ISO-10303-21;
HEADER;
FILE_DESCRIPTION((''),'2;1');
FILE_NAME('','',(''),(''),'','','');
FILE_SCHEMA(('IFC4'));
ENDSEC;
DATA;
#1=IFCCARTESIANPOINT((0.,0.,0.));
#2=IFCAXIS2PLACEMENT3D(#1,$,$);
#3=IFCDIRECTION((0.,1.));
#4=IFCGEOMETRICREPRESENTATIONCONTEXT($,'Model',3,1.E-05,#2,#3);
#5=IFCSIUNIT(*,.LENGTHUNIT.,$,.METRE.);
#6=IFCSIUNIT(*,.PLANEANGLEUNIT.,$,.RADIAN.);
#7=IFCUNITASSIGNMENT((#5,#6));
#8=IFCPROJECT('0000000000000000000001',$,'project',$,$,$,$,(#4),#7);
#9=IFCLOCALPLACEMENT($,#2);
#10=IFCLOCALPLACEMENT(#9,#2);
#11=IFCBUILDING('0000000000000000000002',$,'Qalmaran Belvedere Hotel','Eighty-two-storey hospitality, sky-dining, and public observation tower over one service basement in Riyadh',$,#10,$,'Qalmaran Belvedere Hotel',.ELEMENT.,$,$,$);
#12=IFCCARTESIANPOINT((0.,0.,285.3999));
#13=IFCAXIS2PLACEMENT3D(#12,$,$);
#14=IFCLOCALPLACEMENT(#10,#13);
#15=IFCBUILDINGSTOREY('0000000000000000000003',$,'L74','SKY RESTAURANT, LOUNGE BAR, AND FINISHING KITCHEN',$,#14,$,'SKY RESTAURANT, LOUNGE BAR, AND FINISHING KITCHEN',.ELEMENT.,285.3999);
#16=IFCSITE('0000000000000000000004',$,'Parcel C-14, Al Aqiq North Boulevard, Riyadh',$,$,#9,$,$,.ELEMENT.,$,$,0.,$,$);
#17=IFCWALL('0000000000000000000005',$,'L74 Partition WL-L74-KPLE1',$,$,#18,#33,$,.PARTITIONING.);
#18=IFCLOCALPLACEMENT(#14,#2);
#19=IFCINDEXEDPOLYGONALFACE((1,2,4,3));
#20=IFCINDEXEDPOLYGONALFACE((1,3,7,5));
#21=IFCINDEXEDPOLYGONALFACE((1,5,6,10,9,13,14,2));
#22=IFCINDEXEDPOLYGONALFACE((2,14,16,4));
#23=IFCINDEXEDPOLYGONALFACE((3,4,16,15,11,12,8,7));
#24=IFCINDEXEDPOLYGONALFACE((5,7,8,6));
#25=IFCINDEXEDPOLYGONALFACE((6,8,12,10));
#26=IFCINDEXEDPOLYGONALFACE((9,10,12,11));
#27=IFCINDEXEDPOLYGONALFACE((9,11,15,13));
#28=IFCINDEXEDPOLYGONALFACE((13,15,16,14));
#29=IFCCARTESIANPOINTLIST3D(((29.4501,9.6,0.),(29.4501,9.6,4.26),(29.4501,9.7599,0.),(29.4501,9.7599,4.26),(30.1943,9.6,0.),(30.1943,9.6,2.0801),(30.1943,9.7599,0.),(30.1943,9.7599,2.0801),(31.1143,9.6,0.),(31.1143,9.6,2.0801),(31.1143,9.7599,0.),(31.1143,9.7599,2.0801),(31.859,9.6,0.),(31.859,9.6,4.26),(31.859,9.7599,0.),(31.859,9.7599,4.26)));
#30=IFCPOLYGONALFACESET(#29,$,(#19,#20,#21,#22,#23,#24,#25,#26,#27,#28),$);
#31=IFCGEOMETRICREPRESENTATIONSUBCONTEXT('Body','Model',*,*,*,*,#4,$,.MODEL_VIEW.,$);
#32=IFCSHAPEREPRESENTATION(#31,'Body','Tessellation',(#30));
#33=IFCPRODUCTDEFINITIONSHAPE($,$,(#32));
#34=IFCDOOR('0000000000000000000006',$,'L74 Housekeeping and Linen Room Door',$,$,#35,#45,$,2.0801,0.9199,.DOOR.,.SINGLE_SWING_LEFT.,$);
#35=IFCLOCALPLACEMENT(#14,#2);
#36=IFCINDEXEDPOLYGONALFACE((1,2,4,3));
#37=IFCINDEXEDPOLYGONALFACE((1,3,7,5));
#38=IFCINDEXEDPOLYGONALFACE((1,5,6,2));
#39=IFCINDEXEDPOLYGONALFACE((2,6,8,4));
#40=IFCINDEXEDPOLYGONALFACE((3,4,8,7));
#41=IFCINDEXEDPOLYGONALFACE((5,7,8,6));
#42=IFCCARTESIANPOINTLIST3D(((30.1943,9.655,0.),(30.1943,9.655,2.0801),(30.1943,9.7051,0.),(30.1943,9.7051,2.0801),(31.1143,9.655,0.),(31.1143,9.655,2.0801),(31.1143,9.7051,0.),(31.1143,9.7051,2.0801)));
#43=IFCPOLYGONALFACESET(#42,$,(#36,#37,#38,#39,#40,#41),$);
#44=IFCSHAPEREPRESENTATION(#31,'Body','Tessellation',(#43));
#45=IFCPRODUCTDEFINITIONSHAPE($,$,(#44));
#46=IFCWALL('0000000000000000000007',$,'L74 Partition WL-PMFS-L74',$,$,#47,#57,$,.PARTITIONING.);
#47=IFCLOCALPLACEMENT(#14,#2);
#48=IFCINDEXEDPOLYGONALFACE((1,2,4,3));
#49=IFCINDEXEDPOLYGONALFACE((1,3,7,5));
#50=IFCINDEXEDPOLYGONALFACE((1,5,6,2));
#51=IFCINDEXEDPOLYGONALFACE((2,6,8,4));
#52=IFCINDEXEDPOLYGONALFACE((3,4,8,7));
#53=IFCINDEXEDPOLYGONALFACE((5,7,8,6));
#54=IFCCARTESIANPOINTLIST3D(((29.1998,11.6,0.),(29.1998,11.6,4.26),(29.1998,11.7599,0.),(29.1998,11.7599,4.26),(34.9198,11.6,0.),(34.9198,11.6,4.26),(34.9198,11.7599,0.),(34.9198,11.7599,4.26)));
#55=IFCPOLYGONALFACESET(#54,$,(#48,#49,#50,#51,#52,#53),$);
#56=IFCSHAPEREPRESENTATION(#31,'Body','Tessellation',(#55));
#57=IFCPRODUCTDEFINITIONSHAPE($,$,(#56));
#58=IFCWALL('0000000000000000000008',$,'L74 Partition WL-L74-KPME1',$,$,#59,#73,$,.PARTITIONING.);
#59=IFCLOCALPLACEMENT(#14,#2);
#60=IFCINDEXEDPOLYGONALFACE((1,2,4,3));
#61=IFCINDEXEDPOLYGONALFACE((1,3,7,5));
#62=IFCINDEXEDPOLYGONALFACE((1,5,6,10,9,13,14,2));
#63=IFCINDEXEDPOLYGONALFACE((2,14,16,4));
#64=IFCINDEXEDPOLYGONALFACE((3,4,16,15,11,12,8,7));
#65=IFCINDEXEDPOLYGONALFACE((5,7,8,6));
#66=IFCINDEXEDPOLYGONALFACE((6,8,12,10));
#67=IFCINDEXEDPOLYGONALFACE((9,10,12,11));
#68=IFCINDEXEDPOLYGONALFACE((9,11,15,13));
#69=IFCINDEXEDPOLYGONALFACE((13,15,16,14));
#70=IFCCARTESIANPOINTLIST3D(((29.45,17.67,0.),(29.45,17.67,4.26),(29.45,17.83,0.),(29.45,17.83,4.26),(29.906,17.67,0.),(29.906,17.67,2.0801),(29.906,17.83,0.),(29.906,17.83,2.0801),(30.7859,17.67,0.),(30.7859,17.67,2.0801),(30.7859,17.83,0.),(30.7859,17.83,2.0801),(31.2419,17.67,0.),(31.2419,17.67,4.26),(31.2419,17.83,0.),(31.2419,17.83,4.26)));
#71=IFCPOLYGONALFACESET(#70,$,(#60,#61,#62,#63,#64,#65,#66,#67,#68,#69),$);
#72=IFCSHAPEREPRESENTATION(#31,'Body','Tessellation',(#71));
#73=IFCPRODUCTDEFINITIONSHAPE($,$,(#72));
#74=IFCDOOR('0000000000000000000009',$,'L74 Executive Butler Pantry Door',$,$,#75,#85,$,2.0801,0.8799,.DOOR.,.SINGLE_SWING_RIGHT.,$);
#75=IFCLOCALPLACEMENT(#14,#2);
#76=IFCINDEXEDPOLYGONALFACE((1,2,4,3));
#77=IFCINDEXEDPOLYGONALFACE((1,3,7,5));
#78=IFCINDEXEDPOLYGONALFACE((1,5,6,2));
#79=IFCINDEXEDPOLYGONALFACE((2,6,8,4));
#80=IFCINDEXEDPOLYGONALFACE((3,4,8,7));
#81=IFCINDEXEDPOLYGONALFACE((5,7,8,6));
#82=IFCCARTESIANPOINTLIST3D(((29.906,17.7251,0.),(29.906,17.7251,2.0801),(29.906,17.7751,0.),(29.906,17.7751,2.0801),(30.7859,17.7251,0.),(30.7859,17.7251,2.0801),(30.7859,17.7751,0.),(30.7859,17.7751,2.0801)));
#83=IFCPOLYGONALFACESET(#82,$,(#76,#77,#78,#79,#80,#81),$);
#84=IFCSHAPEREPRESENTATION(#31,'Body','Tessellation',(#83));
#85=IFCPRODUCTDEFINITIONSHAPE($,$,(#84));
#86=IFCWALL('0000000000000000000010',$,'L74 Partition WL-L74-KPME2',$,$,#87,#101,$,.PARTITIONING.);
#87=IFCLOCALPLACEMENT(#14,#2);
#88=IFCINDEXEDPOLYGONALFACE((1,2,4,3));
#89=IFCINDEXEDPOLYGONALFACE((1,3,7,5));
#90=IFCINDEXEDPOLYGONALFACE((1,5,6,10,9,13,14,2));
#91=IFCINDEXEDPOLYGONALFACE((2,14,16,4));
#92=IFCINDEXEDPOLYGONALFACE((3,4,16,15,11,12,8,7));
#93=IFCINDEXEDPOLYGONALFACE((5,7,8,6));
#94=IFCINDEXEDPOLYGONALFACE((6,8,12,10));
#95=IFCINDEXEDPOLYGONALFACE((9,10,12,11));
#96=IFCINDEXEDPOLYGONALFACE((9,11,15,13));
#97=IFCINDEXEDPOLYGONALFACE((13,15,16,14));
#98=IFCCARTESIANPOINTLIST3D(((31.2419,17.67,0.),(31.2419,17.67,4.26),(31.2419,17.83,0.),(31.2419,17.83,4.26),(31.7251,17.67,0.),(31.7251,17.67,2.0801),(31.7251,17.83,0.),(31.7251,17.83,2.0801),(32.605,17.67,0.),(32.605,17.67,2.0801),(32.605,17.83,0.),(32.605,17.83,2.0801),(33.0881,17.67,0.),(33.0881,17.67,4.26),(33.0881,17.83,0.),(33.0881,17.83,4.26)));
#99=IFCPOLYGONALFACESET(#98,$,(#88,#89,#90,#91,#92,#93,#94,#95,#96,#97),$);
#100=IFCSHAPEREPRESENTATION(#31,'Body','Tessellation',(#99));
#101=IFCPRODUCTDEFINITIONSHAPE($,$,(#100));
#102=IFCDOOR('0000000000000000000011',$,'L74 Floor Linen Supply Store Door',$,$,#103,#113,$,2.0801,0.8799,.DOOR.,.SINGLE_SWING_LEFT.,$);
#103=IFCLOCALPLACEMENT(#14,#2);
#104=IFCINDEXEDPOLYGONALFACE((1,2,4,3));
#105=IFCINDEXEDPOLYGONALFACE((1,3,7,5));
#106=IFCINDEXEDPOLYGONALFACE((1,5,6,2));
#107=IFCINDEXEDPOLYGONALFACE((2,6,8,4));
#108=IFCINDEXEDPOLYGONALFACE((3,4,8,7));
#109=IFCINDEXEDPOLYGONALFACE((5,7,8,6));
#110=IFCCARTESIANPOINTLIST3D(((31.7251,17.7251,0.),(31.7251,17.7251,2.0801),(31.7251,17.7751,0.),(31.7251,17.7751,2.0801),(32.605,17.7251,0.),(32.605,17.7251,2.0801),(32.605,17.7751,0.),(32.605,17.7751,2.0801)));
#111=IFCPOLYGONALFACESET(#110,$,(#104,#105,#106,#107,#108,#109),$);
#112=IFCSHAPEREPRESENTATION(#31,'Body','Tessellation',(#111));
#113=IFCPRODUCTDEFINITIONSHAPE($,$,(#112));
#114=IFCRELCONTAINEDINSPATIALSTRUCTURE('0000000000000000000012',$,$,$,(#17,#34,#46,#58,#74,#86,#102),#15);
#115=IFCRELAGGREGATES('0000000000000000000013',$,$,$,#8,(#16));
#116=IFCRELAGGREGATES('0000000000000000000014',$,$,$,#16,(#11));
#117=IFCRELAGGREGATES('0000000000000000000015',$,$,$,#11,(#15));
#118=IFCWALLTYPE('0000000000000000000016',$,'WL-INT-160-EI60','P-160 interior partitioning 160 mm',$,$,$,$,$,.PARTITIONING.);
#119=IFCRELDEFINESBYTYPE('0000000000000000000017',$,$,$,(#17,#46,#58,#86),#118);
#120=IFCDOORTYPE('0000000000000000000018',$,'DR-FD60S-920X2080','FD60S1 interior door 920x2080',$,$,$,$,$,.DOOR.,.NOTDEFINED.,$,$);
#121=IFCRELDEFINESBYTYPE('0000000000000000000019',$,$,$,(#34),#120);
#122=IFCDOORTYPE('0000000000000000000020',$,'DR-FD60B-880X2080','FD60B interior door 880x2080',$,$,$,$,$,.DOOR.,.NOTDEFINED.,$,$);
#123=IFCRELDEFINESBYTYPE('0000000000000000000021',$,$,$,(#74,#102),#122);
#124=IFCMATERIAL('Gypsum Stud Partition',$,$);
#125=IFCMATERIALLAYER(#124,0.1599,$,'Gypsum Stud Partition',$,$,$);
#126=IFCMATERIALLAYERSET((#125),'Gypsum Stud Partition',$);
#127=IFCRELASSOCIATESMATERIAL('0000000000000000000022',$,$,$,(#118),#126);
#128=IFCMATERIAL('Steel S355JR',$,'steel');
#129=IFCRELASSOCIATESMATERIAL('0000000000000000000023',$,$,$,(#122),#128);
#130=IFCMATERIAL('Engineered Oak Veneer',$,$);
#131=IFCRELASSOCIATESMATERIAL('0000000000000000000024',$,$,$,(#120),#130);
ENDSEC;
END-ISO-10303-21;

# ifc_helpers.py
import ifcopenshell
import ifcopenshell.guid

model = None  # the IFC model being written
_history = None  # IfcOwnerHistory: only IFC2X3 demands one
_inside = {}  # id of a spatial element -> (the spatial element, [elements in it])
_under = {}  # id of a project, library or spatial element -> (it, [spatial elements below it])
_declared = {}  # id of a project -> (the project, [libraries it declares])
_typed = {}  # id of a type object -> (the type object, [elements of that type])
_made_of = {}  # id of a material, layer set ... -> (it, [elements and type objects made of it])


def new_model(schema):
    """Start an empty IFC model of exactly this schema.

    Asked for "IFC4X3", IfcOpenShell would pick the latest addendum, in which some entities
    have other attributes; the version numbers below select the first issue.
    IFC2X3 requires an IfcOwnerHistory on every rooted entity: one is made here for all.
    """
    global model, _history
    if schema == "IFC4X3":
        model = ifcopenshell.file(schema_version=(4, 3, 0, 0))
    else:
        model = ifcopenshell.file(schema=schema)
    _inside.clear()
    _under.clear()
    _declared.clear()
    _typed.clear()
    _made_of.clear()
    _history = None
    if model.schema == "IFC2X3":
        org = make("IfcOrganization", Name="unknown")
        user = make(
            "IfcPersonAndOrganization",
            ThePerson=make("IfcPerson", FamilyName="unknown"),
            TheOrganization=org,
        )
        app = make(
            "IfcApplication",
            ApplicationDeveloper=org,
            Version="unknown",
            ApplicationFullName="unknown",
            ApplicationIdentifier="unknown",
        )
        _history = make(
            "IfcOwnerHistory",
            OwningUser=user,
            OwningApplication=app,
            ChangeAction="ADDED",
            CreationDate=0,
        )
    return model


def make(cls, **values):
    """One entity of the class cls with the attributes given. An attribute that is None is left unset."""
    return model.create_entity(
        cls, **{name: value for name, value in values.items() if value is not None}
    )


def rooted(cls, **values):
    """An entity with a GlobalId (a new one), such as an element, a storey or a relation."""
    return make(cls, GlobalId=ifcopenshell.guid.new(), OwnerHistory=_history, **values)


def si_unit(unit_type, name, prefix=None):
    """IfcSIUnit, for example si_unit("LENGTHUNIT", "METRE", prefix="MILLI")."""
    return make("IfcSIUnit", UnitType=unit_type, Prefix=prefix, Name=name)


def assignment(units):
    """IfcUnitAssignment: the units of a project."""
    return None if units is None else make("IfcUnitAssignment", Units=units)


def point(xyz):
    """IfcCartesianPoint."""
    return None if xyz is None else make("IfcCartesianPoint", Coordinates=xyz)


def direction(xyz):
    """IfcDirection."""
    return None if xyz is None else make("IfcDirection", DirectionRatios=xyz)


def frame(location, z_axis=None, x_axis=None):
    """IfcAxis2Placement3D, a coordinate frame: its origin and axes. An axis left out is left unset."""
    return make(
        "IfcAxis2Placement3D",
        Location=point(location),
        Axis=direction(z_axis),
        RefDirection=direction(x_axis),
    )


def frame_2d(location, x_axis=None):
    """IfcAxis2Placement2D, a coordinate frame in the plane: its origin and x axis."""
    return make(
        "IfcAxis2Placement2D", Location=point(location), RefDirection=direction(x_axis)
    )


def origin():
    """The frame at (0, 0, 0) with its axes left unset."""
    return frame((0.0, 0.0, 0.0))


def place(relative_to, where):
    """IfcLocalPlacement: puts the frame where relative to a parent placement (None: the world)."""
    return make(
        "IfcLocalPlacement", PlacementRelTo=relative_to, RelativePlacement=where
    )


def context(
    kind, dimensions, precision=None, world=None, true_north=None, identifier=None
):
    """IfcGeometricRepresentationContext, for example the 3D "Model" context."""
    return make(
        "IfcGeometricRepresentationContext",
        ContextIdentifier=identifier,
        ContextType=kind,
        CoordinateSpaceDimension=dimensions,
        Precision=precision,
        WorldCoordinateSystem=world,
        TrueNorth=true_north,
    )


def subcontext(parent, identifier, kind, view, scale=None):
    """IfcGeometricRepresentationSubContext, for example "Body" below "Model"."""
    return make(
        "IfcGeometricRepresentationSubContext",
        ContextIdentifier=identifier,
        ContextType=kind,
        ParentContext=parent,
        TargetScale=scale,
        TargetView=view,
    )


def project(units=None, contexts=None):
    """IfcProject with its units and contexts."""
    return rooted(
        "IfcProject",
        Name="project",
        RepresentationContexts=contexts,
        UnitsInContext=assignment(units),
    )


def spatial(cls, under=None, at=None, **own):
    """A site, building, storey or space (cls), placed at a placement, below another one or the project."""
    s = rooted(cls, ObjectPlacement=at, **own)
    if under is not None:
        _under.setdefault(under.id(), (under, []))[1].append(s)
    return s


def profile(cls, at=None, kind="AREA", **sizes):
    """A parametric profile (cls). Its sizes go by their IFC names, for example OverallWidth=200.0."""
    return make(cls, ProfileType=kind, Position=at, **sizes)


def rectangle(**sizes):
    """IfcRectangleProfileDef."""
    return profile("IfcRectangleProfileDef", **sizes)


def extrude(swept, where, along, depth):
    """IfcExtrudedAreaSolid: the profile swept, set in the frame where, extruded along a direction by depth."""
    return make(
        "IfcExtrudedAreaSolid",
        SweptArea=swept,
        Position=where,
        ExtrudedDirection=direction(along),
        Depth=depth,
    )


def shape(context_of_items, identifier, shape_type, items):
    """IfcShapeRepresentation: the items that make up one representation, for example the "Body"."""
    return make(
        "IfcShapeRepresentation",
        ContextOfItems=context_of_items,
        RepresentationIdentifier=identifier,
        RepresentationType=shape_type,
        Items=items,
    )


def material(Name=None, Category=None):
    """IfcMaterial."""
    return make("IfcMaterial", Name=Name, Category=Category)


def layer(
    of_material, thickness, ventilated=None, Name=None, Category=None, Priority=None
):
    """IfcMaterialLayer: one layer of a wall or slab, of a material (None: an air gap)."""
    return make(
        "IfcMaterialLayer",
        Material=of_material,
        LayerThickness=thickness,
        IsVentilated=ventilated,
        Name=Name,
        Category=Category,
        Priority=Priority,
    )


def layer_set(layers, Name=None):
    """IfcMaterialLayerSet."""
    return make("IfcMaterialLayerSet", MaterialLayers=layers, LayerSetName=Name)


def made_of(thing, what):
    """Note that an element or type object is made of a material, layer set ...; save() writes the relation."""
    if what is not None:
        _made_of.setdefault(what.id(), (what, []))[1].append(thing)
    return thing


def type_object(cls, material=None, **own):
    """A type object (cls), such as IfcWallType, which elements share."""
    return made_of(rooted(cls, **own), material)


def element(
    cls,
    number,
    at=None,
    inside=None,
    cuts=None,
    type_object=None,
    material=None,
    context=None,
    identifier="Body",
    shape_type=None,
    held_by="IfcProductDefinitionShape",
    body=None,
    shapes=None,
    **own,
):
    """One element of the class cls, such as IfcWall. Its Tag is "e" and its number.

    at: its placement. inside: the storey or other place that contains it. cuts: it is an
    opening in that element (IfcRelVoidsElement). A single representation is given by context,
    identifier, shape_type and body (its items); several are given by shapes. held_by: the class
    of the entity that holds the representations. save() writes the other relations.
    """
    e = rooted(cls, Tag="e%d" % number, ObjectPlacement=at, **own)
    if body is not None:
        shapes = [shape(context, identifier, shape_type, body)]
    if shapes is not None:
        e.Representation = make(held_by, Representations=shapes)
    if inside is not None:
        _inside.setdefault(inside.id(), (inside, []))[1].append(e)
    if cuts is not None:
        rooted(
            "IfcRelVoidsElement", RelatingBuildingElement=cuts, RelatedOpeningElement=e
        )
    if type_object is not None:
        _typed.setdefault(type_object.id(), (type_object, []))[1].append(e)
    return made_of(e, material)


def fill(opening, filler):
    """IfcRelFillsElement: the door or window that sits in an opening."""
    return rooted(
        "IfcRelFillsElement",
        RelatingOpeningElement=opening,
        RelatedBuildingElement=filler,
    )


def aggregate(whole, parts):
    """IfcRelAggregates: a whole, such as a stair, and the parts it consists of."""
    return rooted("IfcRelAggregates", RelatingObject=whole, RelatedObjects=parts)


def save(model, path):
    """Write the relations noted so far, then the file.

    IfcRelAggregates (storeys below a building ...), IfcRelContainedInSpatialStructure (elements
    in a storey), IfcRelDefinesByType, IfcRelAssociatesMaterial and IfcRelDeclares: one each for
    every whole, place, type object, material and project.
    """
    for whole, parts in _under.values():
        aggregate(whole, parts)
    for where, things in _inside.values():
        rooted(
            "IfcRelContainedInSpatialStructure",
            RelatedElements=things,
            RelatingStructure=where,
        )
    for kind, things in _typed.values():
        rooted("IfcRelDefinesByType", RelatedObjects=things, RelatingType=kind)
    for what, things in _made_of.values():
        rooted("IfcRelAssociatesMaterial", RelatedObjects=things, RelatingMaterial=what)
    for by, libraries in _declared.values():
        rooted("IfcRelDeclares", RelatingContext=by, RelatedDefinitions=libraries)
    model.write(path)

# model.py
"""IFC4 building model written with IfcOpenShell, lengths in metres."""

from ifc_helpers import new_model, si_unit, direction, frame, frame_2d, origin, place, context, subcontext, project, spatial, rectangle, extrude, material, layer, layer_set, type_object, element, fill, save


model = new_model("IFC4")

# Units and contexts
model_context = context("Model", 3, precision=1e-05, world=origin(), true_north=direction((0.0, 1.0)))
body_context = subcontext(model_context, "Body", "Model", "MODEL_VIEW")
ifc_project = project(units=[si_unit("LENGTHUNIT", "METRE"), si_unit("PLANEANGLEUNIT", "RADIAN")], contexts=[model_context])

# Site, building, storey
site_placement = place(None, origin())
site = spatial("IfcSite", under=ifc_project, at=site_placement, Name="Parcel C-14, Al Aqiq North Boulevard, Riyadh", CompositionType="ELEMENT", RefElevation=0.0)
building_placement = place(site_placement, origin())
building = spatial("IfcBuilding", under=site, at=building_placement, Name="Qalmaran Belvedere Hotel", Description="Eighty-two-storey hospitality, sky-dining, and public observation tower over one service basement in Riyadh", LongName="Qalmaran Belvedere Hotel", CompositionType="ELEMENT")
storey_placement = place(building_placement, frame((0.0, 0.0, 285.3999)))
storey = spatial("IfcBuildingStorey", under=building, at=storey_placement, Name="L74", Description="SKY RESTAURANT, LOUNGE BAR, AND FINISHING KITCHEN", LongName="SKY RESTAURANT, LOUNGE BAR, AND FINISHING KITCHEN", CompositionType="ELEMENT", Elevation=285.3999)

# Shared definitions
ifc_material_1 = material(Name="Steel S355JR", Category="steel")

# Shared definitions
ifc_material_2 = material(Name="Gypsum Stud Partition")

# Wall, opening, door
ifc_layer_1 = layer(ifc_material_2, 0.1599, Name="Gypsum Stud Partition")
ifc_layer_set_1 = layer_set([ifc_layer_1], Name="Gypsum Stud Partition")
wall_type_1 = type_object("IfcWallType", Name="WL-INT-160-EI60", Description="P-160 interior partitioning 160 mm", PredefinedType="PARTITIONING", material=ifc_layer_set_1)
door_type_1 = type_object("IfcDoorType", Name="DR-FD60B-880X2080", Description="FD60B interior door 880x2080", OperationType="NOTDEFINED", PredefinedType="DOOR", material=ifc_material_1)
wall_1_placement = place(storey_placement, frame((29.45, 9.6799, 0.0), z_axis=(0.0, 0.0, 1.0), x_axis=(1.0, 0.0, 0.0)))
wall_1 = element("IfcWall", 1, at=wall_1_placement, inside=storey, type_object=wall_type_1, Name="L74 Partition WL-L74-KPLE1", PredefinedType="PARTITIONING", context=body_context, shape_type="SweptSolid", body=[
    extrude(rectangle(XDim=2.4089, YDim=0.1599, at=frame_2d((1.2046, 0.0))), origin(), (0.0, 0.0, 1.0), 4.26),
])
opening_1_placement = place(wall_1_placement, frame((1.6643, 0.0, 0.0), z_axis=(0.0, 0.0, 1.0), x_axis=(-1.0, 0.0, 0.0)))
opening_1 = element("IfcOpeningElement", 2, at=opening_1_placement, cuts=wall_1, PredefinedType="OPENING", context=body_context, shape_type="SweptSolid", body=[
    extrude(rectangle(XDim=0.9199, YDim=2.0801, at=frame_2d((0.46, 1.04))), frame((0.0, 0.0898, 0.0), z_axis=(0.0, -1.0, 0.0), x_axis=(1.0, 0.0, 0.0)), (0.0, 0.0, 1.0), 0.1799),
])
ifc_material_3 = material(Name="Engineered Oak Veneer")
door_type_2 = type_object("IfcDoorType", Name="DR-FD60S-920X2080", Description="FD60S1 interior door 920x2080", OperationType="NOTDEFINED", PredefinedType="DOOR", material=ifc_material_3)
door_1_placement = place(opening_1_placement, origin())
door_1 = element("IfcDoor", 3, at=door_1_placement, inside=storey, type_object=door_type_2, Name="L74 Housekeeping and Linen Room Door", OperationType="SINGLE_SWING_LEFT", OverallHeight=2.0801, OverallWidth=0.9199, PredefinedType="DOOR", context=body_context, shape_type="SweptSolid", body=[
    extrude(rectangle(XDim=0.9199, YDim=2.0801, at=frame_2d((0.46, 1.04))), frame((0.0, 0.0249, 0.0), z_axis=(0.0, -1.0, 0.0), x_axis=(1.0, 0.0, 0.0)), (0.0, 0.0, 1.0), 0.05),
])
fill(opening_1, door_1)

# Wall
wall_2_placement = place(storey_placement, frame((29.2, 11.6799, 0.0), z_axis=(0.0, 0.0, 1.0), x_axis=(1.0, 0.0, 0.0)))
element("IfcWall", 4, at=wall_2_placement, inside=storey, type_object=wall_type_1, Name="L74 Partition WL-PMFS-L74", PredefinedType="PARTITIONING", context=body_context, shape_type="SweptSolid", body=[
    extrude(rectangle(XDim=5.72, YDim=0.1599, at=frame_2d((2.8599, 0.0))), origin(), (0.0, 0.0, 1.0), 4.26),
])

# Walls, openings, doors
wall_3_placement = place(storey_placement, frame((29.45, 17.75, 0.0), z_axis=(0.0, 0.0, 1.0), x_axis=(1.0, 0.0, 0.0)))
wall_3 = element("IfcWall", 5, at=wall_3_placement, inside=storey, type_object=wall_type_1, Name="L74 Partition WL-L74-KPME1", PredefinedType="PARTITIONING", context=body_context, shape_type="SweptSolid", body=[
    extrude(rectangle(XDim=1.792, YDim=0.1599, at=frame_2d((0.896, 0.0))), origin(), (0.0, 0.0, 1.0), 4.26),
])
opening_2_placement = place(wall_3_placement, frame((1.3359, 0.0, 0.0), z_axis=(0.0, 0.0, 1.0), x_axis=(-1.0, 0.0, 0.0)))
opening_2 = element("IfcOpeningElement", 6, at=opening_2_placement, cuts=wall_3, PredefinedType="OPENING", context=body_context, shape_type="SweptSolid", body=[
    extrude(rectangle(XDim=0.8799, YDim=2.0801, at=frame_2d((0.4399, 1.04))), frame((0.0, 0.0898, 0.0), z_axis=(0.0, -1.0, 0.0), x_axis=(1.0, 0.0, 0.0)), (0.0, 0.0, 1.0), 0.1799),
])
door_2_placement = place(opening_2_placement, origin())
door_2 = element("IfcDoor", 7, at=door_2_placement, inside=storey, type_object=door_type_1, Name="L74 Executive Butler Pantry Door", OperationType="SINGLE_SWING_RIGHT", OverallHeight=2.0801, OverallWidth=0.8799, PredefinedType="DOOR", context=body_context, shape_type="SweptSolid", body=[
    extrude(rectangle(XDim=0.8799, YDim=2.0801, at=frame_2d((0.4399, 1.04))), frame((0.0, 0.0249, 0.0), z_axis=(0.0, -1.0, 0.0), x_axis=(1.0, 0.0, 0.0)), (0.0, 0.0, 1.0), 0.05),
])
fill(opening_2, door_2)
wall_4_placement = place(storey_placement, frame((31.2419, 17.75, 0.0), z_axis=(0.0, 0.0, 1.0), x_axis=(1.0, 0.0, 0.0)))
wall_4 = element("IfcWall", 8, at=wall_4_placement, inside=storey, type_object=wall_type_1, Name="L74 Partition WL-L74-KPME2", PredefinedType="PARTITIONING", context=body_context, shape_type="SweptSolid", body=[
    extrude(rectangle(XDim=1.8462, YDim=0.1599, at=frame_2d((0.9231, 0.0))), origin(), (0.0, 0.0, 1.0), 4.26),
])
opening_3_placement = place(wall_4_placement, frame((1.363, 0.0, 0.0), z_axis=(0.0, 0.0, 1.0), x_axis=(-1.0, 0.0, 0.0)))
opening_3 = element("IfcOpeningElement", 9, at=opening_3_placement, cuts=wall_4, PredefinedType="OPENING", context=body_context, shape_type="SweptSolid", body=[
    extrude(rectangle(XDim=0.8799, YDim=2.0801, at=frame_2d((0.4399, 1.04))), frame((0.0, 0.0898, 0.0), z_axis=(0.0, -1.0, 0.0), x_axis=(1.0, 0.0, 0.0)), (0.0, 0.0, 1.0), 0.1799),
])
door_3_placement = place(opening_3_placement, origin())
door_3 = element("IfcDoor", 10, at=door_3_placement, inside=storey, type_object=door_type_1, Name="L74 Floor Linen Supply Store Door", OperationType="SINGLE_SWING_LEFT", OverallHeight=2.0801, OverallWidth=0.8799, PredefinedType="DOOR", context=body_context, shape_type="SweptSolid", body=[
    extrude(rectangle(XDim=0.8799, YDim=2.0801, at=frame_2d((0.4399, 1.04))), frame((0.0, 0.0249, 0.0), z_axis=(0.0, -1.0, 0.0), x_axis=(1.0, 0.0, 0.0)), (0.0, 0.0, 1.0), 0.05),
])
fill(opening_3, door_3)

save(model, "model.ifc")
